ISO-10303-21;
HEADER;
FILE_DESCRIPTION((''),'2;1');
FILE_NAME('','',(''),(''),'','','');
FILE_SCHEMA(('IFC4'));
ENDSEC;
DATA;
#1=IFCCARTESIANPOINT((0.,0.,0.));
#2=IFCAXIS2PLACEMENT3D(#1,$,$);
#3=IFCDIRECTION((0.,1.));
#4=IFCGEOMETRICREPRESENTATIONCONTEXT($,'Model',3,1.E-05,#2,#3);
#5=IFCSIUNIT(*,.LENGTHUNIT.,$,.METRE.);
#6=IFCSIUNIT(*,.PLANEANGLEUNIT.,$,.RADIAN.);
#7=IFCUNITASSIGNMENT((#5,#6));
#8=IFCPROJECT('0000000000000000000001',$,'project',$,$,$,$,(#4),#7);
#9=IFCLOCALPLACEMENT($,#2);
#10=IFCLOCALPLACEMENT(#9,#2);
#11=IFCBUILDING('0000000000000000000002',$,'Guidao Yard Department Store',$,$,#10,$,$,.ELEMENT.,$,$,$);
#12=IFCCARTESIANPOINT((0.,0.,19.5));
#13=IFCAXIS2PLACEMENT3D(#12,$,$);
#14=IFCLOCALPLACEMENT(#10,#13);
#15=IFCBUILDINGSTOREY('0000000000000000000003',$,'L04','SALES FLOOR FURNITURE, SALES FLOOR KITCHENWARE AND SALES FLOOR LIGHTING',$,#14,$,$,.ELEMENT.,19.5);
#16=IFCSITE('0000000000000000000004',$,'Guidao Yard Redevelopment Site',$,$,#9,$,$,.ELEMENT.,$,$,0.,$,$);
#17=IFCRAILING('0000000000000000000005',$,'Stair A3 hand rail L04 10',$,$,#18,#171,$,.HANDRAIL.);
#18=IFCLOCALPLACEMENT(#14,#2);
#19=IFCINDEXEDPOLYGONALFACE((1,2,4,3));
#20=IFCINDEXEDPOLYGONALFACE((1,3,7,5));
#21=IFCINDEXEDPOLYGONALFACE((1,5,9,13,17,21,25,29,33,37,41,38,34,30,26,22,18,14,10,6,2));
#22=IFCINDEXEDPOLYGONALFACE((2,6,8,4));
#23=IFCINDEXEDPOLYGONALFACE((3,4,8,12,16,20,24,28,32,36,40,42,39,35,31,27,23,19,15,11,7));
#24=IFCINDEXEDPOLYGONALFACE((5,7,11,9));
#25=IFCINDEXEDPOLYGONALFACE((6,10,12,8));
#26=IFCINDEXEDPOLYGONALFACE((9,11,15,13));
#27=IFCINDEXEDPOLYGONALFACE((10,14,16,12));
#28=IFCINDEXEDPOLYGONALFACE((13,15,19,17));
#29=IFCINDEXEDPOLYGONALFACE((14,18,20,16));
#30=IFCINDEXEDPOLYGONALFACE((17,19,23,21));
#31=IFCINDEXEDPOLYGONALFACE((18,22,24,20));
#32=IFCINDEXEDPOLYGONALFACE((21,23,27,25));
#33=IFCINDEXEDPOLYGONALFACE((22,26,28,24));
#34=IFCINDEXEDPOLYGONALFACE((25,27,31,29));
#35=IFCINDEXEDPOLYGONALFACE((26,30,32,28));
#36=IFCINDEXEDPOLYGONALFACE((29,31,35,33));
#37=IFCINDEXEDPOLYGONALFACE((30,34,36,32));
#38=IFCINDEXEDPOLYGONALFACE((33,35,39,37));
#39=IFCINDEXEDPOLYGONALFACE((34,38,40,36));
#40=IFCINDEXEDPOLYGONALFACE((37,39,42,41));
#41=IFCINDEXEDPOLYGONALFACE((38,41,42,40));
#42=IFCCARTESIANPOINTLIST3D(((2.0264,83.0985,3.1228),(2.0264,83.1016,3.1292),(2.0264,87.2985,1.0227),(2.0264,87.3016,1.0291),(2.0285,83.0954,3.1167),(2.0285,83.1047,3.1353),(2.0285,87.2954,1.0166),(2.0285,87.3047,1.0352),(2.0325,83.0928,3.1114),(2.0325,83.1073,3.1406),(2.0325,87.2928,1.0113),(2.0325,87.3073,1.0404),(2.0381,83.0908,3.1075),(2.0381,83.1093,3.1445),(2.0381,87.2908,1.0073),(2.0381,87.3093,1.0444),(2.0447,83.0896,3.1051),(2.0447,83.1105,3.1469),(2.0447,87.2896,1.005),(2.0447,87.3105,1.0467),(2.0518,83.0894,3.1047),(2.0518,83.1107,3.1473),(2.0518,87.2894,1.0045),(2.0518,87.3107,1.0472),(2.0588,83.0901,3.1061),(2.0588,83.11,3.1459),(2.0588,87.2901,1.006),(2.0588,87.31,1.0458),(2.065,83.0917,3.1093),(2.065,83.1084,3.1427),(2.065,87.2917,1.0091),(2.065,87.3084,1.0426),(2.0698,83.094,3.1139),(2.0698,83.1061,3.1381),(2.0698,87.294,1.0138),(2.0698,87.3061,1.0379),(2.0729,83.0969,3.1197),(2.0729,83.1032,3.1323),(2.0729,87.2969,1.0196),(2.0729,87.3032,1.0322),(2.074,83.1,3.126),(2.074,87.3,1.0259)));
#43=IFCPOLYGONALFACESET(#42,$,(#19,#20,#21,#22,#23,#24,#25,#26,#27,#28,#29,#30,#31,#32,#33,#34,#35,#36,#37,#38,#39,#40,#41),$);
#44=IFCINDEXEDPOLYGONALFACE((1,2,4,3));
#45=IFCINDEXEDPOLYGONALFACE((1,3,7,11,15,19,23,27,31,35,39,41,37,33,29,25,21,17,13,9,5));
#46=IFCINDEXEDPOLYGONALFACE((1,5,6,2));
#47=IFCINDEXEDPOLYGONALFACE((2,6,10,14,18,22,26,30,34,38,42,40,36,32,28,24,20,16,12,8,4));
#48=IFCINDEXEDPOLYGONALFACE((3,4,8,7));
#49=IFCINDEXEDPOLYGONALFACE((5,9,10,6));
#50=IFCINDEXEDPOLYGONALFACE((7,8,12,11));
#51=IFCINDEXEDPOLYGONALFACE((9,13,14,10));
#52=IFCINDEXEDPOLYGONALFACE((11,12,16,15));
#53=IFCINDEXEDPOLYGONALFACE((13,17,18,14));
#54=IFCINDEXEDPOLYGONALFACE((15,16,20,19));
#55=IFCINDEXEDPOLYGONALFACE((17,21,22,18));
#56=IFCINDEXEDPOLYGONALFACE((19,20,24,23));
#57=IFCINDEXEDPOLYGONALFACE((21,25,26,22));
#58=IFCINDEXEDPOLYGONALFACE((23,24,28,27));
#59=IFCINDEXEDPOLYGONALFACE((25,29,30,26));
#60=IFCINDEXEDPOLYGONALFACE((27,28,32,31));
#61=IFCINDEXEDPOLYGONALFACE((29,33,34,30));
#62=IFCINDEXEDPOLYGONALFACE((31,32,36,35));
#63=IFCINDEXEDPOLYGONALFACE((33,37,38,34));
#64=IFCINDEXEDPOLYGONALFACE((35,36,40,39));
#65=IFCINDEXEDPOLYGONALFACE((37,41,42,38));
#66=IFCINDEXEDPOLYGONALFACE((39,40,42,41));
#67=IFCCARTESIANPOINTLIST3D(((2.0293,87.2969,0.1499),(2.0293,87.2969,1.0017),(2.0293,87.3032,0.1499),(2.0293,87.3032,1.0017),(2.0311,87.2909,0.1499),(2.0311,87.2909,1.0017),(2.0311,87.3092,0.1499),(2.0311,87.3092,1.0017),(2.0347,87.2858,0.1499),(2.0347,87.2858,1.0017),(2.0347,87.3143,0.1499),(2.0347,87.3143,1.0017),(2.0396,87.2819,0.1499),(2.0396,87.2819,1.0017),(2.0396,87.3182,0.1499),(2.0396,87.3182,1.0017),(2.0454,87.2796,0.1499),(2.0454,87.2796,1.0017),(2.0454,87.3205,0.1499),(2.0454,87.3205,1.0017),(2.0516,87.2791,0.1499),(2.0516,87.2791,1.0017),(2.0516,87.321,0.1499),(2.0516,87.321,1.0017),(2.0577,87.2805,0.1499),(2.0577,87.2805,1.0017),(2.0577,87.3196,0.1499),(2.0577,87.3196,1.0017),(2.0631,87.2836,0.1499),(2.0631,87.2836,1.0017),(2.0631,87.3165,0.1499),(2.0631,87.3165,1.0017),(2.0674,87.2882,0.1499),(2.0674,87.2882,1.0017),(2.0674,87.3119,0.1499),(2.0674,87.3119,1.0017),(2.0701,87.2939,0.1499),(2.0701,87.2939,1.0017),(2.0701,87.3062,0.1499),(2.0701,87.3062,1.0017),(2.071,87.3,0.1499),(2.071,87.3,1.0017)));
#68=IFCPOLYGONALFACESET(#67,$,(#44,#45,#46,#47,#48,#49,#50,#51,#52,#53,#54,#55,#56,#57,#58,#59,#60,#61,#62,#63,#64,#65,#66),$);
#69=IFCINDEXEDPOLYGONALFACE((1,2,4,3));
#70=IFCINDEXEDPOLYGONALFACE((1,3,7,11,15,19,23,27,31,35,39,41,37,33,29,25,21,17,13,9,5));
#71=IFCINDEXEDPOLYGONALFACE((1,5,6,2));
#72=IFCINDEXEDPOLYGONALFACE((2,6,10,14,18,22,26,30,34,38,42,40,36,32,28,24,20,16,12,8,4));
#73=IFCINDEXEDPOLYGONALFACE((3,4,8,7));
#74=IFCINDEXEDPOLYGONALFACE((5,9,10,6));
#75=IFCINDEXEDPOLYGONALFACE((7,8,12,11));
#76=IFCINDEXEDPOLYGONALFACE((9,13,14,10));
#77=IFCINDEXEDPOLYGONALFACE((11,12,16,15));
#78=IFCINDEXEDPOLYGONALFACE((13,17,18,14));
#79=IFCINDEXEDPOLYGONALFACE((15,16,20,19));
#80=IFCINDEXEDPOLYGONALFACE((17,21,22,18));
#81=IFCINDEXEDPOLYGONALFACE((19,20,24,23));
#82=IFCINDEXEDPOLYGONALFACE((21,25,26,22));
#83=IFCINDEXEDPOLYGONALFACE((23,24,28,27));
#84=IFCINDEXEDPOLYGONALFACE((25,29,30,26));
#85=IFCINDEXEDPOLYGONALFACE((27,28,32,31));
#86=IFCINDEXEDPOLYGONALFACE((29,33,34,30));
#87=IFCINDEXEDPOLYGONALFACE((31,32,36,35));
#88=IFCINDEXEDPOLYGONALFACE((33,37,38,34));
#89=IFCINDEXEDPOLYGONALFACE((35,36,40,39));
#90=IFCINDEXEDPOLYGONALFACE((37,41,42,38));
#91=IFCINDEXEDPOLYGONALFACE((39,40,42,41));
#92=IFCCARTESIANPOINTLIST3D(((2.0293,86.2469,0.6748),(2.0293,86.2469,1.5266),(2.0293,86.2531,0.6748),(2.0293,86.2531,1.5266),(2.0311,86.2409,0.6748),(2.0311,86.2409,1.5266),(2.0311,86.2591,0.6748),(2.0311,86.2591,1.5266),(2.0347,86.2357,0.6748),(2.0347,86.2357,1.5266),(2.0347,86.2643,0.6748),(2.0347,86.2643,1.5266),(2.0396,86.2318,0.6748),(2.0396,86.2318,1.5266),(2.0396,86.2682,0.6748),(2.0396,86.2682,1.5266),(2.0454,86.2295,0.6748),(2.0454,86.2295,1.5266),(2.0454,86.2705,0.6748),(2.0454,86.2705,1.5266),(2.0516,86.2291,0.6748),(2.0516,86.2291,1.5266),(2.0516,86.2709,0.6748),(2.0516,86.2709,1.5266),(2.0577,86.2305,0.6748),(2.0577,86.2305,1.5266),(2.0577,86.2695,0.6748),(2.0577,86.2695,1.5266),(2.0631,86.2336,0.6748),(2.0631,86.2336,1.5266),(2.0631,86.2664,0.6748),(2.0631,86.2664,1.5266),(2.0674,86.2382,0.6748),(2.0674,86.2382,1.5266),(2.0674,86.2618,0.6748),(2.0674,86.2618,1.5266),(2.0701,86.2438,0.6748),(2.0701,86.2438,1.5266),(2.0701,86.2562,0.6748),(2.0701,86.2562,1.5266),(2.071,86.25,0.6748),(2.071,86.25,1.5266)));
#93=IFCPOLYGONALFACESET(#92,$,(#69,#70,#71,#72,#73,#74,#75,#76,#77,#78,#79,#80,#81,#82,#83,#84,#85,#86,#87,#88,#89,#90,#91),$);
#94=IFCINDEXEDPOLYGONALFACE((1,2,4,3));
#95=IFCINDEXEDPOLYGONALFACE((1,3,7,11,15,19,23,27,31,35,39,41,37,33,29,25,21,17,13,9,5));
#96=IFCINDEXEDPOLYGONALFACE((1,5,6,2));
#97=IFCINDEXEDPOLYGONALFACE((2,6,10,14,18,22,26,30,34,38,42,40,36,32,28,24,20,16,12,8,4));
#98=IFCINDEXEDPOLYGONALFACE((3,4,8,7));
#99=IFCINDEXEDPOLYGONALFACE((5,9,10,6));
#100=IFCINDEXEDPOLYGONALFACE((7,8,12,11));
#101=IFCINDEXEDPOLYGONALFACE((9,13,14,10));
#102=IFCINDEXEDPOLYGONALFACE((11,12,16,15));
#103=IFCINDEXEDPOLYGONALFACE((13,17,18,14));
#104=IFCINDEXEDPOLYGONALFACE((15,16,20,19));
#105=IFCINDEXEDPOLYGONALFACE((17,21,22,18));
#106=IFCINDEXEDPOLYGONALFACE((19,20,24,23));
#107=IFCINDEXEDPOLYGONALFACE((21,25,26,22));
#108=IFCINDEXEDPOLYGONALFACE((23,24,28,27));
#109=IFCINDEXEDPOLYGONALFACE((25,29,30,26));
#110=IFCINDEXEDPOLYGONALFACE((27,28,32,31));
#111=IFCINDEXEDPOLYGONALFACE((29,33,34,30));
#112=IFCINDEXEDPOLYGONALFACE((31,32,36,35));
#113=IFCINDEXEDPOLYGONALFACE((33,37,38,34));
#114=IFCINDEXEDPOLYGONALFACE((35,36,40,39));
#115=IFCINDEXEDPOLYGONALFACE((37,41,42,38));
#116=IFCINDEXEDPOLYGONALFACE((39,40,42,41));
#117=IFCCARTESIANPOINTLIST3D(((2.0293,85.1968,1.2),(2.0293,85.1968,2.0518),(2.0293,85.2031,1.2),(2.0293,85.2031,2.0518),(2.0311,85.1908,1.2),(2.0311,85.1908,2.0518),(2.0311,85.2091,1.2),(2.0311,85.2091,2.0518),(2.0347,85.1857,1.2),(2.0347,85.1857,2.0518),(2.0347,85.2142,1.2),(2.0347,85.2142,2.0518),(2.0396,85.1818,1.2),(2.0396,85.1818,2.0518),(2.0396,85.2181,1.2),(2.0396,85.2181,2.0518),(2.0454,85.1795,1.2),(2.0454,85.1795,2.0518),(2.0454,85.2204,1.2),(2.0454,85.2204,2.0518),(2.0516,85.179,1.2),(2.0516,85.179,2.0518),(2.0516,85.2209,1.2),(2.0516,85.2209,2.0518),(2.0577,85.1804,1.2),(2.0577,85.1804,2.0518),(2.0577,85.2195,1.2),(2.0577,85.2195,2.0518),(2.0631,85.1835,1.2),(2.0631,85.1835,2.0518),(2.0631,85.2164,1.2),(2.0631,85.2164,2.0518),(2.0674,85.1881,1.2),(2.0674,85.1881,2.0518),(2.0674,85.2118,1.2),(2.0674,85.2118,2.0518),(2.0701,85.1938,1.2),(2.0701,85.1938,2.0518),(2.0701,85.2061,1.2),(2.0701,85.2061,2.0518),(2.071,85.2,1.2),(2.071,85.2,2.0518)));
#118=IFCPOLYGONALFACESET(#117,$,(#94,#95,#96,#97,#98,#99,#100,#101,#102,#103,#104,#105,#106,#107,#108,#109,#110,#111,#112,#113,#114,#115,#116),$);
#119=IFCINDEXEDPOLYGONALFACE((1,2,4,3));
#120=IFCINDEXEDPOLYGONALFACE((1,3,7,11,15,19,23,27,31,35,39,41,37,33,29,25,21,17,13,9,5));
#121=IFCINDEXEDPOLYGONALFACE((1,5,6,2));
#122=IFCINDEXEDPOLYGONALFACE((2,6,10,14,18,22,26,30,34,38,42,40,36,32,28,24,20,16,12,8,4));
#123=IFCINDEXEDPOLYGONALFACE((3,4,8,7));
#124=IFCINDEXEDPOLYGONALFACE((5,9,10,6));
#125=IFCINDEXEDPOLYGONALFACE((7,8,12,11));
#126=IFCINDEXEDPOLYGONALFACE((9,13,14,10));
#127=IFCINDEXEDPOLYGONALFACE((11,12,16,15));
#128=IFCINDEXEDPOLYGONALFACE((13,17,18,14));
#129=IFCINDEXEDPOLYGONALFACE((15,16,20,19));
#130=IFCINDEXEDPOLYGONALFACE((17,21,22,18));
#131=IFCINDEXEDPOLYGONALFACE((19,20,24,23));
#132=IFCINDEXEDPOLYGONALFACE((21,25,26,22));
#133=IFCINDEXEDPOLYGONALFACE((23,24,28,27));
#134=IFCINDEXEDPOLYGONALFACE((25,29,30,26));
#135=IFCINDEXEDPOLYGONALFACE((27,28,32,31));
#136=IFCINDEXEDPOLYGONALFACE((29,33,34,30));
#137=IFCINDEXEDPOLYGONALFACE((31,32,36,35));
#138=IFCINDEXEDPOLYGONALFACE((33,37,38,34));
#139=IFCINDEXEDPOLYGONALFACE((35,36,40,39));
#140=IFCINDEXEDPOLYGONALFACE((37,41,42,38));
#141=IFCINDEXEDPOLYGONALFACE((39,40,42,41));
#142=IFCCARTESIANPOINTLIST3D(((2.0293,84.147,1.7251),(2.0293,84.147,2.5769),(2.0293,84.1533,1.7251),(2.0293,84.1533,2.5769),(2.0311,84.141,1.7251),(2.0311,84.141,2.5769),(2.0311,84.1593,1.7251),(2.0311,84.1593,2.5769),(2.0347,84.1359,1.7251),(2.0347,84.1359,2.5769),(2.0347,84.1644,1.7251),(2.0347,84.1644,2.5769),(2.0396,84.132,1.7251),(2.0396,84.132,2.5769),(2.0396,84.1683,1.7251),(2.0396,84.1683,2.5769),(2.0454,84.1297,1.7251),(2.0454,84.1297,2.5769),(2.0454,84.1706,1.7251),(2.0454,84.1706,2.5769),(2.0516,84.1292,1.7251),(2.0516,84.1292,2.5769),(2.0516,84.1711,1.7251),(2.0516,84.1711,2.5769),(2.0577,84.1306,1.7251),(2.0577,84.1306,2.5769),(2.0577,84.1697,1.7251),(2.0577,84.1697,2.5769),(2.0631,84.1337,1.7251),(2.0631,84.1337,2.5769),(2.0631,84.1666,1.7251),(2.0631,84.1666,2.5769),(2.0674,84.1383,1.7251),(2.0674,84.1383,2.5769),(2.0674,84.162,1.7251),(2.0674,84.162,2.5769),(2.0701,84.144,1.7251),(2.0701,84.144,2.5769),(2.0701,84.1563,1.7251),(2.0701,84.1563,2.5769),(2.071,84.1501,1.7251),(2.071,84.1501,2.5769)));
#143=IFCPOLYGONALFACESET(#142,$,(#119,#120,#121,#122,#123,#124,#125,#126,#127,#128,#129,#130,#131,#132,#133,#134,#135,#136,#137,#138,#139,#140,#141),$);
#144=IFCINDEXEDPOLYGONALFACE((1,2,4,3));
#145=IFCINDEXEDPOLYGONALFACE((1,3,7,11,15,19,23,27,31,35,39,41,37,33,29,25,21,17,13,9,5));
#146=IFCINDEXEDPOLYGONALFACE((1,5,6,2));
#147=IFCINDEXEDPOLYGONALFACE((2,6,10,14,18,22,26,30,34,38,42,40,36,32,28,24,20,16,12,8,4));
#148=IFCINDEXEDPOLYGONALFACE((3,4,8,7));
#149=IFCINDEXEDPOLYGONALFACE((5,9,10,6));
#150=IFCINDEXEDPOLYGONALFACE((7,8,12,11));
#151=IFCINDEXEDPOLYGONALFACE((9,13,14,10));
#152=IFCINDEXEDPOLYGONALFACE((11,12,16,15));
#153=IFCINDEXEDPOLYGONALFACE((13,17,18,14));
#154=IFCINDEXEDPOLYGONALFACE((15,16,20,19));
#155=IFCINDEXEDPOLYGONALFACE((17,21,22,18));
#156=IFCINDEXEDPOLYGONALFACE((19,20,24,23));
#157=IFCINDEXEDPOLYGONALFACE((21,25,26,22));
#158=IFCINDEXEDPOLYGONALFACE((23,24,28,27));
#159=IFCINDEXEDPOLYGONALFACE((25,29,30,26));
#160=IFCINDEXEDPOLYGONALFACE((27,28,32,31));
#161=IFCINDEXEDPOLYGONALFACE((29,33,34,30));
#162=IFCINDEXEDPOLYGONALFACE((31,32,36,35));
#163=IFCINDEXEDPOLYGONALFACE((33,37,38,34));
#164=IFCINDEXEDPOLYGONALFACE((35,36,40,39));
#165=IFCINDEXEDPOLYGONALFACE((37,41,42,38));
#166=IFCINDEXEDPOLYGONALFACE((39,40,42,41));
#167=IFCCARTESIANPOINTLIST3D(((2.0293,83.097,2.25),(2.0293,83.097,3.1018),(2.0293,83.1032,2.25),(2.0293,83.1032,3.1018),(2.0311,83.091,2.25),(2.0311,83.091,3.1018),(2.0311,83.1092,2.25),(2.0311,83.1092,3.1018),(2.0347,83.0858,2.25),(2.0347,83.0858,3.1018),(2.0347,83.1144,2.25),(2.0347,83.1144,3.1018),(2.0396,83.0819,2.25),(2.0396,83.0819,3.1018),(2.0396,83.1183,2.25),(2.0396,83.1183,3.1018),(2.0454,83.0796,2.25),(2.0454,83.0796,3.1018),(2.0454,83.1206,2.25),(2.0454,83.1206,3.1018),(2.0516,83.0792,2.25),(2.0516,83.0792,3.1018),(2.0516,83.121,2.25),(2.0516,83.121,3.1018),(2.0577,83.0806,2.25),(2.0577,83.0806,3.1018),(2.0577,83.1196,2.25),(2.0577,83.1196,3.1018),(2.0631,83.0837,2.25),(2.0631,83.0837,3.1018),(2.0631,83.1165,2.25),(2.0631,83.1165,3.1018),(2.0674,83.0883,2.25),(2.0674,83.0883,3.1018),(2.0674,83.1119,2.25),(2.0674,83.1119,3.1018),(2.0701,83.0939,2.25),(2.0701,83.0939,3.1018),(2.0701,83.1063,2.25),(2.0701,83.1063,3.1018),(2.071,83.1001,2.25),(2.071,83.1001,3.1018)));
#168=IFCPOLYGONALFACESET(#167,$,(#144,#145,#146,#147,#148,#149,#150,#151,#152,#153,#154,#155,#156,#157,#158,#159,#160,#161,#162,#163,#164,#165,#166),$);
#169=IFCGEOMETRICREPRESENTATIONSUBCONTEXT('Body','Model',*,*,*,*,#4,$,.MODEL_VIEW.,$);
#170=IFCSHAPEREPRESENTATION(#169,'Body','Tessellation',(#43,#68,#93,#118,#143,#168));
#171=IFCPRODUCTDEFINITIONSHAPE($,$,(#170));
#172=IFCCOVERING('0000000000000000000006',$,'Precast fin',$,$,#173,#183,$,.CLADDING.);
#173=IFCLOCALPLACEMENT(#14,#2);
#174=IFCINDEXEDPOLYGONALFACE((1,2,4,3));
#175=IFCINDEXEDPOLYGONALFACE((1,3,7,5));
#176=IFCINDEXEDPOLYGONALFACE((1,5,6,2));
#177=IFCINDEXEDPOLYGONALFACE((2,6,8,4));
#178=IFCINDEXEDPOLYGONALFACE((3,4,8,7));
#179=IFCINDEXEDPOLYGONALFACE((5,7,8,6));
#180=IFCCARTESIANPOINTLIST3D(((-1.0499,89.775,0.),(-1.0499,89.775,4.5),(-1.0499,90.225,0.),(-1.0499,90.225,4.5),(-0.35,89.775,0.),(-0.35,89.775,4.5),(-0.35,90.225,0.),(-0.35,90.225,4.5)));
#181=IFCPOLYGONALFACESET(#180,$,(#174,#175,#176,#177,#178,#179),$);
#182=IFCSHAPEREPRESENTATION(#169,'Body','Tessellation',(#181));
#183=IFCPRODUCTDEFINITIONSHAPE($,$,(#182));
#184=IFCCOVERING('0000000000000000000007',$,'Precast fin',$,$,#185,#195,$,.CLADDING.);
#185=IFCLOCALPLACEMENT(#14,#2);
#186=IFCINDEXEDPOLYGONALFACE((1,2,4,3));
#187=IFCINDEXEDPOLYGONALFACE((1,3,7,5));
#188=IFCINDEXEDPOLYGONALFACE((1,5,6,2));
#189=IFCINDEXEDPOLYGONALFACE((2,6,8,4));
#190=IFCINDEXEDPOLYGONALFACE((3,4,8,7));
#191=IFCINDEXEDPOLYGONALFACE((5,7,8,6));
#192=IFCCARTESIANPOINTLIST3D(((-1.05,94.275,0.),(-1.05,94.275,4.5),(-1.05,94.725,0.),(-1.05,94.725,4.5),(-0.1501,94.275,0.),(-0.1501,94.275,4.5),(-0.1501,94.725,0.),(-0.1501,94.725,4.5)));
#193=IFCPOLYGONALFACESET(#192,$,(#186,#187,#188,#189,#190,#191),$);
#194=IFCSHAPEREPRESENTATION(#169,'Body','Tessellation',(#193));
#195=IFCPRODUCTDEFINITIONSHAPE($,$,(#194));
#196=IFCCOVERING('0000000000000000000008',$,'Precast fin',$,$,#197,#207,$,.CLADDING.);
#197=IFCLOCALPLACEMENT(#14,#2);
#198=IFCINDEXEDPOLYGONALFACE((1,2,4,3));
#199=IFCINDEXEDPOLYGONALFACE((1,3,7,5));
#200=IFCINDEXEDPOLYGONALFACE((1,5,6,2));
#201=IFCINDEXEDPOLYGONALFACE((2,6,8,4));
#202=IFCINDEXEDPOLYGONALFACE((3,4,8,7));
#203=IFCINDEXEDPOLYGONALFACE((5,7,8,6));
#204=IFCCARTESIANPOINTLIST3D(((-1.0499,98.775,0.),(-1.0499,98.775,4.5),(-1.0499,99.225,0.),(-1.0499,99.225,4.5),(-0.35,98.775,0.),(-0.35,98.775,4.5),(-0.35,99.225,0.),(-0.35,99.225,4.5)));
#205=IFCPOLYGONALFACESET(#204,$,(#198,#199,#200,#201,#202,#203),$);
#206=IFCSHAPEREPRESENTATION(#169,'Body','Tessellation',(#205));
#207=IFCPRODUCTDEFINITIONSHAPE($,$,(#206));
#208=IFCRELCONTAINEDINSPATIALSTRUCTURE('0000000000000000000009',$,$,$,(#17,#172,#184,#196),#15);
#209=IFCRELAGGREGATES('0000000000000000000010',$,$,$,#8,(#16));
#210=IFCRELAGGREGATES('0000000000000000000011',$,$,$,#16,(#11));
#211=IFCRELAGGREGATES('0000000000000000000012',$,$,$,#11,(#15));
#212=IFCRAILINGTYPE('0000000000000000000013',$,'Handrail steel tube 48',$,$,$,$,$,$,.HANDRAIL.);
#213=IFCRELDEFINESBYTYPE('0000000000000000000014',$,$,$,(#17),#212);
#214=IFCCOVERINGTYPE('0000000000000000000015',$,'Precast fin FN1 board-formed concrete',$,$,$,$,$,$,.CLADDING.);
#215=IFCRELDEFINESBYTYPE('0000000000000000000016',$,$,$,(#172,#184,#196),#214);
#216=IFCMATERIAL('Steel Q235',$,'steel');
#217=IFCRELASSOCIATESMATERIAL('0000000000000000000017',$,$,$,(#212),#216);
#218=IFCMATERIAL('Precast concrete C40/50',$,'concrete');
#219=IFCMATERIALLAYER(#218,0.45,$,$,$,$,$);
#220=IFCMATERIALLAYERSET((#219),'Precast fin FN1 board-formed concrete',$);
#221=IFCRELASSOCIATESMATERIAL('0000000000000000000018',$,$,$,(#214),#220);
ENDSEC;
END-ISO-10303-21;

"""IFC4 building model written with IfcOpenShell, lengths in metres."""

from ifc_helpers import new_model, si_unit, direction, frame, origin, origin_2d, place, context, subcontext, project, spatial, rectangle, circle, extrude, material, layer, layer_set, type_object, element, save


model = new_model("IFC4")

# Units and contexts
model_context = context("Model", 3, precision=1e-05, world=origin(), true_north=direction((0.0, 1.0)))
body_context = subcontext(model_context, "Body", "Model", "MODEL_VIEW")
ifc_project = project(units=[si_unit("LENGTHUNIT", "METRE"), si_unit("PLANEANGLEUNIT", "RADIAN")], contexts=[model_context])

# Site, building, storey
site_placement = place(None, origin())
site = spatial("IfcSite", under=ifc_project, at=site_placement, Name="Guidao Yard Redevelopment Site", CompositionType="ELEMENT", RefElevation=0.0)
building_placement = place(site_placement, origin())
building = spatial("IfcBuilding", under=site, at=building_placement, Name="Guidao Yard Department Store", CompositionType="ELEMENT")
storey_placement = place(building_placement, frame((0.0, 0.0, 19.5)))
storey = spatial("IfcBuildingStorey", under=building, at=storey_placement, Name="L04", Description="SALES FLOOR FURNITURE, SALES FLOOR KITCHENWARE AND SALES FLOOR LIGHTING", CompositionType="ELEMENT", Elevation=19.5)

# Railing
ifc_material_1 = material(Name="Steel Q235", Category="steel")
railing_type = type_object("IfcRailingType", Name="Handrail steel tube 48", PredefinedType="HANDRAIL", material=ifc_material_1)
for number, where, name in (
    (1, (2.05, 87.3, 0.1499), "Stair A3 hand rail L04 10"),
):
    element("IfcRailing", number, at=place(storey_placement, frame(where)), inside=storey, type_object=railing_type, Name=name, PredefinedType="HANDRAIL", context=body_context, shape_type="SweptSolid", body=[
        extrude(circle(Radius=0.0239, at=origin_2d()), frame((0.0, 0.0, 0.876), z_axis=(0.0, -0.894417, 0.447234), x_axis=(1.0, 0.0, 0.0)), (0.0, 0.0, 1.0), 4.6958),
        extrude(circle(Radius=0.021, at=origin_2d()), origin(), (0.0, 0.0, 1.0), 0.8518),
        extrude(circle(Radius=0.021, at=origin_2d()), frame((0.0, -1.05, 0.5249)), (0.0, 0.0, 1.0), 0.8518),
        extrude(circle(Radius=0.021, at=origin_2d()), frame((0.0, -2.1001, 1.05)), (0.0, 0.0, 1.0), 0.8518),
        extrude(circle(Radius=0.021, at=origin_2d()), frame((0.0, -3.1499, 1.5752)), (0.0, 0.0, 1.0), 0.8518),
        extrude(circle(Radius=0.021, at=origin_2d()), frame((0.0, -4.2, 2.1001)), (0.0, 0.0, 1.0), 0.8518),
    ])

# Coverings
ifc_material_2 = material(Name="Precast concrete C40/50", Category="concrete")
ifc_layer_1 = layer(ifc_material_2, 0.45)
ifc_layer_set_1 = layer_set([ifc_layer_1], Name="Precast fin FN1 board-formed concrete")
covering_type = type_object("IfcCoveringType", Name="Precast fin FN1 board-formed concrete", PredefinedType="CLADDING", material=ifc_layer_set_1)
covering_1_placement = place(storey_placement, frame((-0.7, 90.0, 0.0), z_axis=(0.0, 0.0, 1.0), x_axis=(0.0, 1.0, 0.0)))
element("IfcCovering", 2, at=covering_1_placement, inside=storey, type_object=covering_type, Name="Precast fin", PredefinedType="CLADDING", context=body_context, shape_type="SweptSolid", body=[
    extrude(rectangle(XDim=0.45, YDim=0.7, at=origin_2d()), origin(), (0.0, 0.0, 1.0), 4.5),
])
covering_2_placement = place(storey_placement, frame((-0.6001, 94.5, 0.0), z_axis=(0.0, 0.0, 1.0), x_axis=(0.0, 1.0, 0.0)))
element("IfcCovering", 3, at=covering_2_placement, inside=storey, type_object=covering_type, Name="Precast fin", PredefinedType="CLADDING", context=body_context, shape_type="SweptSolid", body=[
    extrude(rectangle(XDim=0.45, YDim=0.8999, at=origin_2d()), origin(), (0.0, 0.0, 1.0), 4.5),
])
covering_3_placement = place(storey_placement, frame((-0.7, 99.0, 0.0), z_axis=(0.0, 0.0, 1.0), x_axis=(0.0, 1.0, 0.0)))
element("IfcCovering", 4, at=covering_3_placement, inside=storey, type_object=covering_type, Name="Precast fin", PredefinedType="CLADDING", context=body_context, shape_type="SweptSolid", body=[
    extrude(rectangle(XDim=0.45, YDim=0.7, at=origin_2d()), origin(), (0.0, 0.0, 1.0), 4.5),
])

save(model, "model.ifc")
